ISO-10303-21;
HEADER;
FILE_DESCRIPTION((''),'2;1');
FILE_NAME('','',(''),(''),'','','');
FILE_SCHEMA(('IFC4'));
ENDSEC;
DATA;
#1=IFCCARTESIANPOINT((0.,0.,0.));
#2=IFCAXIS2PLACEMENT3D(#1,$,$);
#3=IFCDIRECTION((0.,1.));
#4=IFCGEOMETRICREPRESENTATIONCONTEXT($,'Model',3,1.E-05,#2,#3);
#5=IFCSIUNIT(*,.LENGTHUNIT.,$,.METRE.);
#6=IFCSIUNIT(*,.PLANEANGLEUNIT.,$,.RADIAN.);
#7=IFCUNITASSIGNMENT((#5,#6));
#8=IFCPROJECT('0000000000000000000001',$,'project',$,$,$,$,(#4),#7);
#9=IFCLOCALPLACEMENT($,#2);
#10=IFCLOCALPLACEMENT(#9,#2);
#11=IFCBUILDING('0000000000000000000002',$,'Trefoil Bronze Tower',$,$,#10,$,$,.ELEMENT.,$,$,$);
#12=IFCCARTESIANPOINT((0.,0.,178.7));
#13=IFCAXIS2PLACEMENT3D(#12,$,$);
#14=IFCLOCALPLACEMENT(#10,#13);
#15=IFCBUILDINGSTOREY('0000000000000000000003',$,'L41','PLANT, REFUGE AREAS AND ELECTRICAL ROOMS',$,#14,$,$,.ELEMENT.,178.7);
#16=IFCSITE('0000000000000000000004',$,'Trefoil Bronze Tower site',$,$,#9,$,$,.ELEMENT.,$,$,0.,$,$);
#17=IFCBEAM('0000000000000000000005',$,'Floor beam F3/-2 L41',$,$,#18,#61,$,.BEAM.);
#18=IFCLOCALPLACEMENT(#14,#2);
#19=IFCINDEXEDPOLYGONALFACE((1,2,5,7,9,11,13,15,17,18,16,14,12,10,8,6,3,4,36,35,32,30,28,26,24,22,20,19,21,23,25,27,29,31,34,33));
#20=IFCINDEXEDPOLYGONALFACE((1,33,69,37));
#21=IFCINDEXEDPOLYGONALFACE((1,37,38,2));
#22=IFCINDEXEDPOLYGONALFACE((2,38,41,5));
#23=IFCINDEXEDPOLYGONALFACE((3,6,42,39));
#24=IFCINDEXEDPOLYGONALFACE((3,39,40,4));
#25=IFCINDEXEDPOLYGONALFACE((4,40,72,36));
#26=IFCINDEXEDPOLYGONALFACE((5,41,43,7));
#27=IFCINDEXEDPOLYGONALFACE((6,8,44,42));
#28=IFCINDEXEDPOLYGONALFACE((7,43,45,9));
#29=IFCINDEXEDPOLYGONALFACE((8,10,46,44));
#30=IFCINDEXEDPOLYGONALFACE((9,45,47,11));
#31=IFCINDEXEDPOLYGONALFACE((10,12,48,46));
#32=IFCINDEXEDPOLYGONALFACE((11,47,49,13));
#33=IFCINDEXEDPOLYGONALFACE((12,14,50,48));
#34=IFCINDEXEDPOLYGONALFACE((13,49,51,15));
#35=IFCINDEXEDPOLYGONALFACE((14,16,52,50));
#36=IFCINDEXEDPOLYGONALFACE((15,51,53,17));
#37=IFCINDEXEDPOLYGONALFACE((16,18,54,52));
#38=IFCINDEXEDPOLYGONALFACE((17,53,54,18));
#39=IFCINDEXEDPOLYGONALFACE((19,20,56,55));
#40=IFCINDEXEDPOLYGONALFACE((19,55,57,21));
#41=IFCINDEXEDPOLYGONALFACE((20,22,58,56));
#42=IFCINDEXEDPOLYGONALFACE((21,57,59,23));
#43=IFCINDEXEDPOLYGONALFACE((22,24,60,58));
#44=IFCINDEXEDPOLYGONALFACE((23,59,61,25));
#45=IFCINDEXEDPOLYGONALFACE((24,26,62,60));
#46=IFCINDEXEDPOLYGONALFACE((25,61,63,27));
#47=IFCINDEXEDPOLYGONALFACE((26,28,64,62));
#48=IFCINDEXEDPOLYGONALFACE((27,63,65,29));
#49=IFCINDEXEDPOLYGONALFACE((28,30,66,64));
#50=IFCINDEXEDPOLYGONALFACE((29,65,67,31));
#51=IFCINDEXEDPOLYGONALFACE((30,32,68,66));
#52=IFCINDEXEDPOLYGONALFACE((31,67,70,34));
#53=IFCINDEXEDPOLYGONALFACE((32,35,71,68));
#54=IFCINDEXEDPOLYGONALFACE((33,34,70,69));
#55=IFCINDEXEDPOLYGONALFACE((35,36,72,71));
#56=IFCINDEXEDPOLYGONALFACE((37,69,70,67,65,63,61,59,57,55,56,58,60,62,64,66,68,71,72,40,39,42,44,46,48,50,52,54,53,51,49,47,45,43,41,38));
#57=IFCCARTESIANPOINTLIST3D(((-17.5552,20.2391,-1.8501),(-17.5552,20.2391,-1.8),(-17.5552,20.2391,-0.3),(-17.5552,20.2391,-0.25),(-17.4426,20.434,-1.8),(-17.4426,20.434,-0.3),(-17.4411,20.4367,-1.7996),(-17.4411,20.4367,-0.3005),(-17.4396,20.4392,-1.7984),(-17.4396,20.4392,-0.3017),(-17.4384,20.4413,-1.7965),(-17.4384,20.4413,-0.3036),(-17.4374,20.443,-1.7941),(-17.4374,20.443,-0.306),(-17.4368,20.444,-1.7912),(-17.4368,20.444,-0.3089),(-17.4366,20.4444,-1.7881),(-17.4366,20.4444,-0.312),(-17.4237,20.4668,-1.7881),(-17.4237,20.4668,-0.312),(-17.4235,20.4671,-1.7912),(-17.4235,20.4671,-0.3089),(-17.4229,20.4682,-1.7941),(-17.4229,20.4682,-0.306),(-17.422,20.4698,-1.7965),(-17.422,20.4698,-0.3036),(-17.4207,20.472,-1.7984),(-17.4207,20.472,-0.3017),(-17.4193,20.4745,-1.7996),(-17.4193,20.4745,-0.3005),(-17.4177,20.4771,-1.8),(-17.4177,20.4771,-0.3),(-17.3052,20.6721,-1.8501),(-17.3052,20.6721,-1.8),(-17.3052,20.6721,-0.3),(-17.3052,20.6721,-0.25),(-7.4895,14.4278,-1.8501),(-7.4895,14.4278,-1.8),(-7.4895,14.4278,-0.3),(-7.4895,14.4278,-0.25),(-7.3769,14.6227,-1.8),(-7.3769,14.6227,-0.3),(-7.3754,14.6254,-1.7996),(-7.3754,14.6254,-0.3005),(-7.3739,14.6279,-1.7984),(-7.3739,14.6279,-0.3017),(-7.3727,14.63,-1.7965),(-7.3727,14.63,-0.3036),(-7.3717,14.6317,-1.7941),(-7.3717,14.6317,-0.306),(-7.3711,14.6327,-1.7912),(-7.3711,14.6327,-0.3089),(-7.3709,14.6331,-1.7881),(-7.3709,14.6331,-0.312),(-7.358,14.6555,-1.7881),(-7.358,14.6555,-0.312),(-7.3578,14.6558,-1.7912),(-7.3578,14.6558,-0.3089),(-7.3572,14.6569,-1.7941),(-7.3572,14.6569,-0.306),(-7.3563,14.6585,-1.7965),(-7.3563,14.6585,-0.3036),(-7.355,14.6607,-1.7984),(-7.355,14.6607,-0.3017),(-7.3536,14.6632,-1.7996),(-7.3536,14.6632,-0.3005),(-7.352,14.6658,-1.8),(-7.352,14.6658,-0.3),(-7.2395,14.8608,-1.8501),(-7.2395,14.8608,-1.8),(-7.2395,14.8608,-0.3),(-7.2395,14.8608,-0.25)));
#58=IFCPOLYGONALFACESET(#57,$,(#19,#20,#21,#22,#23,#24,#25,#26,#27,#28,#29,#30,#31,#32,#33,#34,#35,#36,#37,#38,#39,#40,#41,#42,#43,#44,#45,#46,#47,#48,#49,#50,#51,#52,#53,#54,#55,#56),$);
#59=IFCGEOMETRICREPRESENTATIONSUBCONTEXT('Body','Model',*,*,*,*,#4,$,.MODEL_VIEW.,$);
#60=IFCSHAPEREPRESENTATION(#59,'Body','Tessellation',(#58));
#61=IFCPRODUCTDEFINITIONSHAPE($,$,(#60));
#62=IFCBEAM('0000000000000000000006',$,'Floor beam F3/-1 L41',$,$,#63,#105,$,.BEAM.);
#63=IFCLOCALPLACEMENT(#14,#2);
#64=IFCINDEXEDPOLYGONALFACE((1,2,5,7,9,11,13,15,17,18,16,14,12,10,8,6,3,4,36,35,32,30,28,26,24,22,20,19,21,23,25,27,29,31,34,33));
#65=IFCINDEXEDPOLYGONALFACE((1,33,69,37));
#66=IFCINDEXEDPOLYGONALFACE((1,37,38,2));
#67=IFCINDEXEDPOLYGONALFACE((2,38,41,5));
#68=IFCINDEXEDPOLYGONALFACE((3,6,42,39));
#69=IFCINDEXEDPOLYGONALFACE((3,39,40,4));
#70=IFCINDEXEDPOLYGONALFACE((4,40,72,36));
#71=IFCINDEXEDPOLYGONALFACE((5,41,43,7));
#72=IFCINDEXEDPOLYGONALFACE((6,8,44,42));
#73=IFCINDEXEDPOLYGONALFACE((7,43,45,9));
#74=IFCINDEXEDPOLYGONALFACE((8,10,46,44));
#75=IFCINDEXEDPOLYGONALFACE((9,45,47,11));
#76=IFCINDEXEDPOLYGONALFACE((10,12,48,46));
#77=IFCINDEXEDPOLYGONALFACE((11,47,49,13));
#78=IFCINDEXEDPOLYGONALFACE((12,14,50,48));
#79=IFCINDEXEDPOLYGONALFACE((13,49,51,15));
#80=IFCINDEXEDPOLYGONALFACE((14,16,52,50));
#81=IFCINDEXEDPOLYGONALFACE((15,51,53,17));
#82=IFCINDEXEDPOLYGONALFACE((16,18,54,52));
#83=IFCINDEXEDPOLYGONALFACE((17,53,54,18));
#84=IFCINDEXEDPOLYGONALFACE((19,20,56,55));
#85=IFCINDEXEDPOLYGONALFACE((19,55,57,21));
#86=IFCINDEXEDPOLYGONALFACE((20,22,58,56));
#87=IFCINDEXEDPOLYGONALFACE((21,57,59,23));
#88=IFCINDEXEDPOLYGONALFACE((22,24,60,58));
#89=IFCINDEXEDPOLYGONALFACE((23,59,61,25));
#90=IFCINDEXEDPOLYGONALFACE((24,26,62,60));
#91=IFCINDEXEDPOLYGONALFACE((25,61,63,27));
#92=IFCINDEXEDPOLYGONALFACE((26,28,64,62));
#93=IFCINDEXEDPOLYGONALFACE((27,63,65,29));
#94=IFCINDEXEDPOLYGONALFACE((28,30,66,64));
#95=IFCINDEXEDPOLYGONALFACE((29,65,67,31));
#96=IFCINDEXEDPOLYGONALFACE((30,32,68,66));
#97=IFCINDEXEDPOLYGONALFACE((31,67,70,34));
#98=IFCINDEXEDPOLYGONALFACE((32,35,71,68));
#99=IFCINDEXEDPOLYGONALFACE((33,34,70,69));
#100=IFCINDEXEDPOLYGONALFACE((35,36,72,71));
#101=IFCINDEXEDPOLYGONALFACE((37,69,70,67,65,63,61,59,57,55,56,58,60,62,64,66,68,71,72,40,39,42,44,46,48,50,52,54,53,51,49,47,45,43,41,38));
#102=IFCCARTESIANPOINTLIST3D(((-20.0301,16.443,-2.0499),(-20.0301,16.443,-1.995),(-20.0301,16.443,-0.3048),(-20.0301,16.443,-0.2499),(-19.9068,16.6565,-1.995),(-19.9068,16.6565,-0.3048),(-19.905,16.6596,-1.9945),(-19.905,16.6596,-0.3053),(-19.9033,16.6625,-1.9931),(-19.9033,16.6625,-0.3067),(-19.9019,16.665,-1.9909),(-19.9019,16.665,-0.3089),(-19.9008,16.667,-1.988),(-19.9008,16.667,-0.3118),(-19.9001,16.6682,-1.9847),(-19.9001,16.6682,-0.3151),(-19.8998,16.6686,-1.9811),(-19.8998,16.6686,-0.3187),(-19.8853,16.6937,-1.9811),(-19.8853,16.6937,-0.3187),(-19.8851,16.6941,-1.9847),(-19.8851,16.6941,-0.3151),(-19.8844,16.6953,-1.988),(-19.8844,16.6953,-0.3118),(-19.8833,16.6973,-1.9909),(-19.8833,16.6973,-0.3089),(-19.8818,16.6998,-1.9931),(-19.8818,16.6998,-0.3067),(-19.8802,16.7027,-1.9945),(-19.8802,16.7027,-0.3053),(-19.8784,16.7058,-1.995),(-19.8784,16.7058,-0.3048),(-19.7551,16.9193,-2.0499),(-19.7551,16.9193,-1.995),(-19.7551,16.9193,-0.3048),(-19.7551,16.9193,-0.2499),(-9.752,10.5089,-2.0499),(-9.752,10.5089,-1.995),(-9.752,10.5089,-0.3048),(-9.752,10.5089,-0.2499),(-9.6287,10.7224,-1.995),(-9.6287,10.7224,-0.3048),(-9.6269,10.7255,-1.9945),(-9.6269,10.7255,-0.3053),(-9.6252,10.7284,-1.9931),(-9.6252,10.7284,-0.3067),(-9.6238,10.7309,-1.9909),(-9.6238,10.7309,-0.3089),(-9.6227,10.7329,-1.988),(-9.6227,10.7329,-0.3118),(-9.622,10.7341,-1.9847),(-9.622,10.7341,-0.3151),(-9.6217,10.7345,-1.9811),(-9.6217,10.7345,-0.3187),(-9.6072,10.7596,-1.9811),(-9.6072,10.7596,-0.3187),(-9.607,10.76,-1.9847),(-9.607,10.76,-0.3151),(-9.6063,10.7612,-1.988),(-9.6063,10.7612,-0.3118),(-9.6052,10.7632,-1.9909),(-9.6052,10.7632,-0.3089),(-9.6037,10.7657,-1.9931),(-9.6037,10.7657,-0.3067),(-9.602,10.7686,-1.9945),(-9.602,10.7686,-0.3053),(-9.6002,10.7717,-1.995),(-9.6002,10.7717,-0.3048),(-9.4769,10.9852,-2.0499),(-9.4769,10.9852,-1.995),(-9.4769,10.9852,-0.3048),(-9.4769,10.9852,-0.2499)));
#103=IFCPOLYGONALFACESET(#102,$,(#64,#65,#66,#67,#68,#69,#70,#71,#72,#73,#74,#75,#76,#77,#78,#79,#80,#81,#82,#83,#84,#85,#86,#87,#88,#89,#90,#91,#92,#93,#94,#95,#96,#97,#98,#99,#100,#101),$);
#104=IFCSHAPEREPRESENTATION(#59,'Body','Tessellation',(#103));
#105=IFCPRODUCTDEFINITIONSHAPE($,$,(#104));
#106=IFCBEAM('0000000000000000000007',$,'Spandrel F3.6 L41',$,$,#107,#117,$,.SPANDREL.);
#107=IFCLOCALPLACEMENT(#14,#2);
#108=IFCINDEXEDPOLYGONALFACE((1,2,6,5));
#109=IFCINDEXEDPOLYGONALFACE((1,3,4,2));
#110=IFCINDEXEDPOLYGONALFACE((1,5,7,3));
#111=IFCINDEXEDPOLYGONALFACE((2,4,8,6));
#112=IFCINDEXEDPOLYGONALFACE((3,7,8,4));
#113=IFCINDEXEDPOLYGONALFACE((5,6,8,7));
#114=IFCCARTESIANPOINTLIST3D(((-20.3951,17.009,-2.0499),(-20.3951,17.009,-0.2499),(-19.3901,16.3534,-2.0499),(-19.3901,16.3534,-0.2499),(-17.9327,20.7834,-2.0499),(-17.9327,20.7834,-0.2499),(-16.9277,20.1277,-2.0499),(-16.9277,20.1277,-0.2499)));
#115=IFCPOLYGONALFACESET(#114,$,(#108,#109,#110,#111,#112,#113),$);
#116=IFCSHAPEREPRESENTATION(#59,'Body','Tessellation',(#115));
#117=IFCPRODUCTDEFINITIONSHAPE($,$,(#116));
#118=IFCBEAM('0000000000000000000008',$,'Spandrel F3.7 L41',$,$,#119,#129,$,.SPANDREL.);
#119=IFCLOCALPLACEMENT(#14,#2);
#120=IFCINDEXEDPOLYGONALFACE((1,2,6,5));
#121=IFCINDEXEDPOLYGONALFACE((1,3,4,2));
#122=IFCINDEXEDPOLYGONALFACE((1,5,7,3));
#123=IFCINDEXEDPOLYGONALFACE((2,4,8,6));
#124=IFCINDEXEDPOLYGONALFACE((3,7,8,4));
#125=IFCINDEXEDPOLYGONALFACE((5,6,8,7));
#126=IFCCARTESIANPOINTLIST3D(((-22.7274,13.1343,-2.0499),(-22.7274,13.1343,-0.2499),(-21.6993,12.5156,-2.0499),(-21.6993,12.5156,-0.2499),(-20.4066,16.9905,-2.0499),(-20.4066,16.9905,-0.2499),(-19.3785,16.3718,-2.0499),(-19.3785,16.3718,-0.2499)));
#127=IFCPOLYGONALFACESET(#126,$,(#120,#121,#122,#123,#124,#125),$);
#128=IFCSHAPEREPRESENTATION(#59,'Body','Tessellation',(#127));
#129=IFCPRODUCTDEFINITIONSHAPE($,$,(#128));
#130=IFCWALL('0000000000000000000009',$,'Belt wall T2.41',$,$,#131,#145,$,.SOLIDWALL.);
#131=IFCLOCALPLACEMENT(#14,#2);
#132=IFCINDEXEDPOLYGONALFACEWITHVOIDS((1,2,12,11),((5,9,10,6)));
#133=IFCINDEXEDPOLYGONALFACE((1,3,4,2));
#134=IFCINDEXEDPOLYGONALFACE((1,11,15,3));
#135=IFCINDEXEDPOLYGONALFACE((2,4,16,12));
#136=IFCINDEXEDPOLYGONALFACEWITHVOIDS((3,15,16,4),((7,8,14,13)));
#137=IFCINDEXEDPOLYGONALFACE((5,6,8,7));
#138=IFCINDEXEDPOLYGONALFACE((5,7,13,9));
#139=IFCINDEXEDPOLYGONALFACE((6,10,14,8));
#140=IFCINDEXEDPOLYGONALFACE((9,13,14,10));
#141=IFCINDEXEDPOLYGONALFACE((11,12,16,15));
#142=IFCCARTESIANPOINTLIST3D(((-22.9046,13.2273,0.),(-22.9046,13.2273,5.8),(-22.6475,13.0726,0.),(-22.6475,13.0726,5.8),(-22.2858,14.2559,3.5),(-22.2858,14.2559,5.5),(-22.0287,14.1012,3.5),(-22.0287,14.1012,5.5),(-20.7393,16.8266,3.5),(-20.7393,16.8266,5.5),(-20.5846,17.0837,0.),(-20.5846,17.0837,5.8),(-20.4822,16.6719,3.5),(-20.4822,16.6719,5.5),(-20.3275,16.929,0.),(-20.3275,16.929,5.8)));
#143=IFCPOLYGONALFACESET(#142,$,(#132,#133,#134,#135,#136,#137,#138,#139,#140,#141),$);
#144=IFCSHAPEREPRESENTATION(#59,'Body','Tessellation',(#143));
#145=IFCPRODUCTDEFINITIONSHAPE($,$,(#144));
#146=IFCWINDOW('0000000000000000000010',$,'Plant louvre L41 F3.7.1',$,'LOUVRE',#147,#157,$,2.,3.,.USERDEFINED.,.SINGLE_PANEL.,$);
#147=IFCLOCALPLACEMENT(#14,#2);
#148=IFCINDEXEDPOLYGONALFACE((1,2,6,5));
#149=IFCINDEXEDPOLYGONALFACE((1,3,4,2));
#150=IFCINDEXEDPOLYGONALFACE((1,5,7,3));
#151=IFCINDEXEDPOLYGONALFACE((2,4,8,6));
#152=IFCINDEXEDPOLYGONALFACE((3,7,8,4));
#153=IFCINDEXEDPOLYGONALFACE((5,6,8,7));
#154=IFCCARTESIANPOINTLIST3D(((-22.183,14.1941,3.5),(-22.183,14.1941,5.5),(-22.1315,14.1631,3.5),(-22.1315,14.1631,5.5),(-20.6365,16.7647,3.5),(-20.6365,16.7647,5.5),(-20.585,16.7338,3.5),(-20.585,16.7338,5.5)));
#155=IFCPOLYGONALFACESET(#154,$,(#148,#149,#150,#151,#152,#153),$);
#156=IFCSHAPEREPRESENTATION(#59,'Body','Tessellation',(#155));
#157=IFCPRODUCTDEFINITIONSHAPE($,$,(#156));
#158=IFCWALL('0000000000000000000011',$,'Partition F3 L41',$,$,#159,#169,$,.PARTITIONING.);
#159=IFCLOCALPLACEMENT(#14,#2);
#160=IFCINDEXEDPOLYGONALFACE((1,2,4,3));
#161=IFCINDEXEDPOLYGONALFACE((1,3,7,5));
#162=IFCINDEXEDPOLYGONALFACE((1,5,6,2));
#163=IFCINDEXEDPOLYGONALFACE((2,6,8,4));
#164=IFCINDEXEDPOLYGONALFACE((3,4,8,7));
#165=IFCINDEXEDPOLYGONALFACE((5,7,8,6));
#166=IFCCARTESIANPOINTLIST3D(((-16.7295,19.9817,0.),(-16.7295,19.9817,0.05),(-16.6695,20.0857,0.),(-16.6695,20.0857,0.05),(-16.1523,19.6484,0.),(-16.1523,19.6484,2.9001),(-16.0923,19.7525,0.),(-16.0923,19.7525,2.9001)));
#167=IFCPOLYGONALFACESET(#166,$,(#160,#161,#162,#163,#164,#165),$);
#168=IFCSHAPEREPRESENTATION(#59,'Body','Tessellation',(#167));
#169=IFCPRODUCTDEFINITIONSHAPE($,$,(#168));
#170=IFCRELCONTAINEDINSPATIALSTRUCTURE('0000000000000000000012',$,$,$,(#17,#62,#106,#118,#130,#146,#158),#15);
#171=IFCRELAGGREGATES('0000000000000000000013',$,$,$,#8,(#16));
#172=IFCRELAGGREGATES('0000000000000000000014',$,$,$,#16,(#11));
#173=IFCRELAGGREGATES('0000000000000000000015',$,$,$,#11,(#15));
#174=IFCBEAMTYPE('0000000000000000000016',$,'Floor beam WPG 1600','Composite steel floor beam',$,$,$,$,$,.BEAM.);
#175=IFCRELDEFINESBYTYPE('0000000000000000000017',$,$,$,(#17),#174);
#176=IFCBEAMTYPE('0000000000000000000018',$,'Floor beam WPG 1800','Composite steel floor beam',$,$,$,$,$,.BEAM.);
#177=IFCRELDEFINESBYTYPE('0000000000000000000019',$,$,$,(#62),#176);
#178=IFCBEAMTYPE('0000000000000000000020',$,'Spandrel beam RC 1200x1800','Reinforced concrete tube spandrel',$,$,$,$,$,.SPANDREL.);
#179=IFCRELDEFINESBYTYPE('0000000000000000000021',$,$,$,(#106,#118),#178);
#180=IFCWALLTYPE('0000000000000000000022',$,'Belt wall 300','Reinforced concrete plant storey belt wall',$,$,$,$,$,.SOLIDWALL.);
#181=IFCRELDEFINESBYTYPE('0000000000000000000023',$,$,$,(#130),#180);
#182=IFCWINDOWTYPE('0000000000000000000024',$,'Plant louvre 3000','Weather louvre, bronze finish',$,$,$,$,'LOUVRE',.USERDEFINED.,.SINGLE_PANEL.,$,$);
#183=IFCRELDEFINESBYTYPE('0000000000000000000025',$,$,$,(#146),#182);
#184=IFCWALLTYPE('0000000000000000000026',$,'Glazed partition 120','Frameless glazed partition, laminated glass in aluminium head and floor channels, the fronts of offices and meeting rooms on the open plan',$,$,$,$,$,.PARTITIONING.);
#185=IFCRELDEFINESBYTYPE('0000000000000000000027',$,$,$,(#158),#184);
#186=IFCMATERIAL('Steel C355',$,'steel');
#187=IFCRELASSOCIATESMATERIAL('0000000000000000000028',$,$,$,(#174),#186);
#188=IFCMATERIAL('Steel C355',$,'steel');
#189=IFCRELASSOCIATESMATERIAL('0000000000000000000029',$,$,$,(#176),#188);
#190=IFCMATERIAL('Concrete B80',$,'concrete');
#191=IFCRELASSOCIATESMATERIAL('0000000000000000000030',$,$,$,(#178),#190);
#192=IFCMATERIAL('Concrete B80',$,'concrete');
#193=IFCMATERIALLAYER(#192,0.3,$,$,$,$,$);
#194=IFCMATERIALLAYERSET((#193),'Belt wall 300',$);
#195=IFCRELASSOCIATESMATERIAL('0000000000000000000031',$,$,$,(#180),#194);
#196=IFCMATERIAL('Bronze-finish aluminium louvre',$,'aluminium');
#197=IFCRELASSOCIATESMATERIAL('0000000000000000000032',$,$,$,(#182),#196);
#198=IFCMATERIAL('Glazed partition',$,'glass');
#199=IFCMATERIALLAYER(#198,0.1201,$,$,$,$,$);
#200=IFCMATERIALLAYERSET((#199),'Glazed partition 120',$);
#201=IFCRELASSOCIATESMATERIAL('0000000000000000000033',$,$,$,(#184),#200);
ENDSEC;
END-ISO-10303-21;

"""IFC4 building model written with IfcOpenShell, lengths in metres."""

from ifc_helpers import new_model, si_unit, direction, frame, frame_2d, origin, origin_2d, place, context, subcontext, project, spatial, polyline, rectangle, i_section, outline, extrude, material, layer, layer_set, material_profile, profile_set, type_object, element, fill, save


model = new_model("IFC4")

# Units and contexts
model_context = context("Model", 3, precision=1e-05, world=origin(), true_north=direction((0.0, 1.0)))
body_context = subcontext(model_context, "Body", "Model", "MODEL_VIEW")
ifc_project = project(units=[si_unit("LENGTHUNIT", "METRE"), si_unit("PLANEANGLEUNIT", "RADIAN")], contexts=[model_context])

# Site, building, storey
site_placement = place(None, origin())
site = spatial("IfcSite", under=ifc_project, at=site_placement, Name="Trefoil Bronze Tower site", CompositionType="ELEMENT", RefElevation=0.0)
building_placement = place(site_placement, origin())
building = spatial("IfcBuilding", under=site, at=building_placement, Name="Trefoil Bronze Tower", CompositionType="ELEMENT")
storey_placement = place(building_placement, frame((0.0, 0.0, 178.7)))
storey = spatial("IfcBuildingStorey", under=building, at=storey_placement, Name="L41", Description="PLANT, REFUGE AREAS AND ELECTRICAL ROOMS", CompositionType="ELEMENT", Elevation=178.7)

# Beams
ifc_material_1 = material(Name="Steel C355", Category="steel")
ifc_material_profile_1 = material_profile(ifc_material_1, i_section(OverallWidth=0.5, OverallDepth=1.6001, WebThickness=0.0259, FlangeThickness=0.05, FilletRadius=0.012, at=origin_2d()), Name="WPG 1600")
ifc_profile_set_1 = profile_set([ifc_material_profile_1], Name="Steel C355")
beam_type_1 = type_object("IfcBeamType", Name="Floor beam WPG 1600", Description="Composite steel floor beam", PredefinedType="BEAM", material=ifc_profile_set_1)
beam_1_placement = place(storey_placement, frame((-17.4302, 20.4556, -1.05), z_axis=(0.866031, -0.499991, 0.0), x_axis=(0.499991, 0.866031, 0.0)))
element("IfcBeam", 1, at=beam_1_placement, inside=storey, type_object=beam_type_1, Name="Floor beam F3/-2 L41", PredefinedType="BEAM", context=body_context, shape_type="SweptSolid", body=[
    extrude(i_section(OverallWidth=0.5, OverallDepth=1.6001, WebThickness=0.0259, FlangeThickness=0.05, FilletRadius=0.012, at=origin_2d()), origin(), (0.0, 0.0, 1.0), 11.6228),
])
ifc_material_2 = material(Name="Steel C355", Category="steel")
ifc_material_profile_2 = material_profile(ifc_material_2, i_section(OverallWidth=0.55, OverallDepth=1.8, WebThickness=0.0291, FlangeThickness=0.0549, FilletRadius=0.0139, at=origin_2d()), Name="WPG 1800")
ifc_profile_set_2 = profile_set([ifc_material_profile_2], Name="Steel C355")
beam_type_2 = type_object("IfcBeamType", Name="Floor beam WPG 1800", Description="Composite steel floor beam", PredefinedType="BEAM", material=ifc_profile_set_2)
beam_2_placement = place(storey_placement, frame((-19.8926, 16.6812, -1.1499), z_axis=(0.866024, -0.500002, 0.0), x_axis=(0.500002, 0.866024, 0.0)))
element("IfcBeam", 2, at=beam_2_placement, inside=storey, type_object=beam_type_2, Name="Floor beam F3/-1 L41", PredefinedType="BEAM", context=body_context, shape_type="SweptSolid", body=[
    extrude(i_section(OverallWidth=0.55, OverallDepth=1.8, WebThickness=0.0291, FlangeThickness=0.0549, FilletRadius=0.0139, at=origin_2d()), origin(), (0.0, 0.0, 1.0), 11.8682),
])
ifc_material_3 = material(Name="Concrete B80", Category="concrete")
ifc_material_profile_3 = material_profile(ifc_material_3, rectangle(XDim=1.2, YDim=1.8, at=origin_2d()), Name="RC 1200x1800")
ifc_profile_set_3 = profile_set([ifc_material_profile_3], Name="Concrete B80")
beam_type_3 = type_object("IfcBeamType", Name="Spandrel beam RC 1200x1800", Description="Reinforced concrete tube spandrel", PredefinedType="SPANDREL", material=ifc_profile_set_3)
beam_3_placement = place(storey_placement, frame((-17.4302, 20.4556, -1.1499), z_axis=(-0.546397, -0.837527, 0.0), x_axis=(0.837527, -0.546397, 0.0)))
element("IfcBeam", 3, at=beam_3_placement, inside=storey, type_object=beam_type_3, Name="Spandrel F3.6 L41", PredefinedType="SPANDREL", context=body_context, shape_type="SweptSolid", body=[
    extrude(rectangle(XDim=1.2, YDim=1.8, at=origin_2d()), origin(), (0.0, 0.0, 1.0), 4.5066),
])
beam_4_placement = place(storey_placement, frame((-19.8926, 16.6812, -1.1499), z_axis=(-0.515652, -0.856798, 0.0), x_axis=(0.856798, -0.515652, 0.0)))
element("IfcBeam", 4, at=beam_4_placement, inside=storey, type_object=beam_type_3, Name="Spandrel F3.7 L41", PredefinedType="SPANDREL", context=body_context, shape_type="SweptSolid", body=[
    extrude(rectangle(XDim=1.2, YDim=1.8, at=origin_2d()), origin(), (0.0, 0.0, 1.0), 4.5007),
])

# Wall, opening, window
ifc_material_4 = material(Name="Concrete B80", Category="concrete")
ifc_layer_1 = layer(ifc_material_4, 0.3)
ifc_layer_set_1 = layer_set([ifc_layer_1], Name="Belt wall 300")
wall_type_1 = type_object("IfcWallType", Name="Belt wall 300", Description="Reinforced concrete plant storey belt wall", PredefinedType="SOLIDWALL", material=ifc_layer_set_1)
wall_1_placement = place(storey_placement, frame((-20.4561, 17.0063, 0.0), z_axis=(0.0, 0.0, 1.0), x_axis=(-0.515509, -0.856884, 0.0)))
wall_1 = element("IfcWall", 5, at=wall_1_placement, inside=storey, type_object=wall_type_1, Name="Belt wall T2.41", PredefinedType="SOLIDWALL", context=body_context, shape_type="SweptSolid", body=[
    extrude(rectangle(XDim=4.5005, YDim=0.3, at=frame_2d((2.2502, 0.0))), origin(), (0.0, 0.0, 1.0), 5.8),
])
opening_placement = place(wall_1_placement, frame((0.3, 0.0, 3.5)))
opening = element("IfcOpeningElement", 6, at=opening_placement, cuts=wall_1, PredefinedType="OPENING", context=body_context, shape_type="SweptSolid", body=[
    extrude(rectangle(XDim=3.0, YDim=2.0, at=frame_2d((1.5, 1.0))), frame((0.0, 0.1599, 0.0), z_axis=(0.0, -1.0, 0.0), x_axis=(1.0, 0.0, 0.0)), (0.0, 0.0, 1.0), 0.3201),
])
ifc_material_5 = material(Name="Bronze-finish aluminium louvre", Category="aluminium")
window_type = type_object("IfcWindowType", Name="Plant louvre 3000", Description="Weather louvre, bronze finish", ElementType="LOUVRE", PartitioningType="SINGLE_PANEL", PredefinedType="USERDEFINED", material=ifc_material_5)
window_placement = place(opening_placement, origin())
window = element("IfcWindow", 7, at=window_placement, inside=storey, type_object=window_type, Name="Plant louvre L41 F3.7.1", ObjectType="LOUVRE", OverallHeight=2.0, OverallWidth=3.0, PartitioningType="SINGLE_PANEL", PredefinedType="USERDEFINED", context=body_context, shape_type="SweptSolid", body=[
    extrude(rectangle(XDim=3.0, YDim=2.0, at=frame_2d((1.5, 1.0))), frame((0.0, 0.03, 0.0), z_axis=(0.0, -1.0, 0.0), x_axis=(1.0, 0.0, 0.0)), (0.0, 0.0, 1.0), 0.0601),
])
fill(opening, window)

# Wall
ifc_material_6 = material(Name="Glazed partition", Category="glass")
ifc_layer_2 = layer(ifc_material_6, 0.1201)
ifc_layer_set_2 = layer_set([ifc_layer_2], Name="Glazed partition 120")
wall_type_2 = type_object("IfcWallType", Name="Glazed partition 120", Description="Frameless glazed partition, laminated glass in aluminium head and floor channels, the fronts of offices and meeting rooms on the open plan", PredefinedType="PARTITIONING", material=ifc_layer_set_2)
wall_2_placement = place(storey_placement, frame((-16.1223, 19.7004, 0.0), z_axis=(0.0, 0.0, 1.0), x_axis=(-0.866003, 0.50004, 0.0)))
element("IfcWall", 8, at=wall_2_placement, inside=storey, type_object=wall_type_2, Name="Partition F3 L41", PredefinedType="PARTITIONING", context=body_context, shape_type="SweptSolid", body=[
    extrude(outline(polyline([(0.0, 0.0), (0.6665, 0.0), (0.6665, 0.05), (0.0, 2.9001), (0.0, 0.0)])), frame((0.0, 0.0601, 0.0), z_axis=(0.0, -1.0, 0.0), x_axis=(1.0, 0.0, 0.0)), (0.0, 0.0, 1.0), 0.1201),
])

save(model, "model.ifc")
